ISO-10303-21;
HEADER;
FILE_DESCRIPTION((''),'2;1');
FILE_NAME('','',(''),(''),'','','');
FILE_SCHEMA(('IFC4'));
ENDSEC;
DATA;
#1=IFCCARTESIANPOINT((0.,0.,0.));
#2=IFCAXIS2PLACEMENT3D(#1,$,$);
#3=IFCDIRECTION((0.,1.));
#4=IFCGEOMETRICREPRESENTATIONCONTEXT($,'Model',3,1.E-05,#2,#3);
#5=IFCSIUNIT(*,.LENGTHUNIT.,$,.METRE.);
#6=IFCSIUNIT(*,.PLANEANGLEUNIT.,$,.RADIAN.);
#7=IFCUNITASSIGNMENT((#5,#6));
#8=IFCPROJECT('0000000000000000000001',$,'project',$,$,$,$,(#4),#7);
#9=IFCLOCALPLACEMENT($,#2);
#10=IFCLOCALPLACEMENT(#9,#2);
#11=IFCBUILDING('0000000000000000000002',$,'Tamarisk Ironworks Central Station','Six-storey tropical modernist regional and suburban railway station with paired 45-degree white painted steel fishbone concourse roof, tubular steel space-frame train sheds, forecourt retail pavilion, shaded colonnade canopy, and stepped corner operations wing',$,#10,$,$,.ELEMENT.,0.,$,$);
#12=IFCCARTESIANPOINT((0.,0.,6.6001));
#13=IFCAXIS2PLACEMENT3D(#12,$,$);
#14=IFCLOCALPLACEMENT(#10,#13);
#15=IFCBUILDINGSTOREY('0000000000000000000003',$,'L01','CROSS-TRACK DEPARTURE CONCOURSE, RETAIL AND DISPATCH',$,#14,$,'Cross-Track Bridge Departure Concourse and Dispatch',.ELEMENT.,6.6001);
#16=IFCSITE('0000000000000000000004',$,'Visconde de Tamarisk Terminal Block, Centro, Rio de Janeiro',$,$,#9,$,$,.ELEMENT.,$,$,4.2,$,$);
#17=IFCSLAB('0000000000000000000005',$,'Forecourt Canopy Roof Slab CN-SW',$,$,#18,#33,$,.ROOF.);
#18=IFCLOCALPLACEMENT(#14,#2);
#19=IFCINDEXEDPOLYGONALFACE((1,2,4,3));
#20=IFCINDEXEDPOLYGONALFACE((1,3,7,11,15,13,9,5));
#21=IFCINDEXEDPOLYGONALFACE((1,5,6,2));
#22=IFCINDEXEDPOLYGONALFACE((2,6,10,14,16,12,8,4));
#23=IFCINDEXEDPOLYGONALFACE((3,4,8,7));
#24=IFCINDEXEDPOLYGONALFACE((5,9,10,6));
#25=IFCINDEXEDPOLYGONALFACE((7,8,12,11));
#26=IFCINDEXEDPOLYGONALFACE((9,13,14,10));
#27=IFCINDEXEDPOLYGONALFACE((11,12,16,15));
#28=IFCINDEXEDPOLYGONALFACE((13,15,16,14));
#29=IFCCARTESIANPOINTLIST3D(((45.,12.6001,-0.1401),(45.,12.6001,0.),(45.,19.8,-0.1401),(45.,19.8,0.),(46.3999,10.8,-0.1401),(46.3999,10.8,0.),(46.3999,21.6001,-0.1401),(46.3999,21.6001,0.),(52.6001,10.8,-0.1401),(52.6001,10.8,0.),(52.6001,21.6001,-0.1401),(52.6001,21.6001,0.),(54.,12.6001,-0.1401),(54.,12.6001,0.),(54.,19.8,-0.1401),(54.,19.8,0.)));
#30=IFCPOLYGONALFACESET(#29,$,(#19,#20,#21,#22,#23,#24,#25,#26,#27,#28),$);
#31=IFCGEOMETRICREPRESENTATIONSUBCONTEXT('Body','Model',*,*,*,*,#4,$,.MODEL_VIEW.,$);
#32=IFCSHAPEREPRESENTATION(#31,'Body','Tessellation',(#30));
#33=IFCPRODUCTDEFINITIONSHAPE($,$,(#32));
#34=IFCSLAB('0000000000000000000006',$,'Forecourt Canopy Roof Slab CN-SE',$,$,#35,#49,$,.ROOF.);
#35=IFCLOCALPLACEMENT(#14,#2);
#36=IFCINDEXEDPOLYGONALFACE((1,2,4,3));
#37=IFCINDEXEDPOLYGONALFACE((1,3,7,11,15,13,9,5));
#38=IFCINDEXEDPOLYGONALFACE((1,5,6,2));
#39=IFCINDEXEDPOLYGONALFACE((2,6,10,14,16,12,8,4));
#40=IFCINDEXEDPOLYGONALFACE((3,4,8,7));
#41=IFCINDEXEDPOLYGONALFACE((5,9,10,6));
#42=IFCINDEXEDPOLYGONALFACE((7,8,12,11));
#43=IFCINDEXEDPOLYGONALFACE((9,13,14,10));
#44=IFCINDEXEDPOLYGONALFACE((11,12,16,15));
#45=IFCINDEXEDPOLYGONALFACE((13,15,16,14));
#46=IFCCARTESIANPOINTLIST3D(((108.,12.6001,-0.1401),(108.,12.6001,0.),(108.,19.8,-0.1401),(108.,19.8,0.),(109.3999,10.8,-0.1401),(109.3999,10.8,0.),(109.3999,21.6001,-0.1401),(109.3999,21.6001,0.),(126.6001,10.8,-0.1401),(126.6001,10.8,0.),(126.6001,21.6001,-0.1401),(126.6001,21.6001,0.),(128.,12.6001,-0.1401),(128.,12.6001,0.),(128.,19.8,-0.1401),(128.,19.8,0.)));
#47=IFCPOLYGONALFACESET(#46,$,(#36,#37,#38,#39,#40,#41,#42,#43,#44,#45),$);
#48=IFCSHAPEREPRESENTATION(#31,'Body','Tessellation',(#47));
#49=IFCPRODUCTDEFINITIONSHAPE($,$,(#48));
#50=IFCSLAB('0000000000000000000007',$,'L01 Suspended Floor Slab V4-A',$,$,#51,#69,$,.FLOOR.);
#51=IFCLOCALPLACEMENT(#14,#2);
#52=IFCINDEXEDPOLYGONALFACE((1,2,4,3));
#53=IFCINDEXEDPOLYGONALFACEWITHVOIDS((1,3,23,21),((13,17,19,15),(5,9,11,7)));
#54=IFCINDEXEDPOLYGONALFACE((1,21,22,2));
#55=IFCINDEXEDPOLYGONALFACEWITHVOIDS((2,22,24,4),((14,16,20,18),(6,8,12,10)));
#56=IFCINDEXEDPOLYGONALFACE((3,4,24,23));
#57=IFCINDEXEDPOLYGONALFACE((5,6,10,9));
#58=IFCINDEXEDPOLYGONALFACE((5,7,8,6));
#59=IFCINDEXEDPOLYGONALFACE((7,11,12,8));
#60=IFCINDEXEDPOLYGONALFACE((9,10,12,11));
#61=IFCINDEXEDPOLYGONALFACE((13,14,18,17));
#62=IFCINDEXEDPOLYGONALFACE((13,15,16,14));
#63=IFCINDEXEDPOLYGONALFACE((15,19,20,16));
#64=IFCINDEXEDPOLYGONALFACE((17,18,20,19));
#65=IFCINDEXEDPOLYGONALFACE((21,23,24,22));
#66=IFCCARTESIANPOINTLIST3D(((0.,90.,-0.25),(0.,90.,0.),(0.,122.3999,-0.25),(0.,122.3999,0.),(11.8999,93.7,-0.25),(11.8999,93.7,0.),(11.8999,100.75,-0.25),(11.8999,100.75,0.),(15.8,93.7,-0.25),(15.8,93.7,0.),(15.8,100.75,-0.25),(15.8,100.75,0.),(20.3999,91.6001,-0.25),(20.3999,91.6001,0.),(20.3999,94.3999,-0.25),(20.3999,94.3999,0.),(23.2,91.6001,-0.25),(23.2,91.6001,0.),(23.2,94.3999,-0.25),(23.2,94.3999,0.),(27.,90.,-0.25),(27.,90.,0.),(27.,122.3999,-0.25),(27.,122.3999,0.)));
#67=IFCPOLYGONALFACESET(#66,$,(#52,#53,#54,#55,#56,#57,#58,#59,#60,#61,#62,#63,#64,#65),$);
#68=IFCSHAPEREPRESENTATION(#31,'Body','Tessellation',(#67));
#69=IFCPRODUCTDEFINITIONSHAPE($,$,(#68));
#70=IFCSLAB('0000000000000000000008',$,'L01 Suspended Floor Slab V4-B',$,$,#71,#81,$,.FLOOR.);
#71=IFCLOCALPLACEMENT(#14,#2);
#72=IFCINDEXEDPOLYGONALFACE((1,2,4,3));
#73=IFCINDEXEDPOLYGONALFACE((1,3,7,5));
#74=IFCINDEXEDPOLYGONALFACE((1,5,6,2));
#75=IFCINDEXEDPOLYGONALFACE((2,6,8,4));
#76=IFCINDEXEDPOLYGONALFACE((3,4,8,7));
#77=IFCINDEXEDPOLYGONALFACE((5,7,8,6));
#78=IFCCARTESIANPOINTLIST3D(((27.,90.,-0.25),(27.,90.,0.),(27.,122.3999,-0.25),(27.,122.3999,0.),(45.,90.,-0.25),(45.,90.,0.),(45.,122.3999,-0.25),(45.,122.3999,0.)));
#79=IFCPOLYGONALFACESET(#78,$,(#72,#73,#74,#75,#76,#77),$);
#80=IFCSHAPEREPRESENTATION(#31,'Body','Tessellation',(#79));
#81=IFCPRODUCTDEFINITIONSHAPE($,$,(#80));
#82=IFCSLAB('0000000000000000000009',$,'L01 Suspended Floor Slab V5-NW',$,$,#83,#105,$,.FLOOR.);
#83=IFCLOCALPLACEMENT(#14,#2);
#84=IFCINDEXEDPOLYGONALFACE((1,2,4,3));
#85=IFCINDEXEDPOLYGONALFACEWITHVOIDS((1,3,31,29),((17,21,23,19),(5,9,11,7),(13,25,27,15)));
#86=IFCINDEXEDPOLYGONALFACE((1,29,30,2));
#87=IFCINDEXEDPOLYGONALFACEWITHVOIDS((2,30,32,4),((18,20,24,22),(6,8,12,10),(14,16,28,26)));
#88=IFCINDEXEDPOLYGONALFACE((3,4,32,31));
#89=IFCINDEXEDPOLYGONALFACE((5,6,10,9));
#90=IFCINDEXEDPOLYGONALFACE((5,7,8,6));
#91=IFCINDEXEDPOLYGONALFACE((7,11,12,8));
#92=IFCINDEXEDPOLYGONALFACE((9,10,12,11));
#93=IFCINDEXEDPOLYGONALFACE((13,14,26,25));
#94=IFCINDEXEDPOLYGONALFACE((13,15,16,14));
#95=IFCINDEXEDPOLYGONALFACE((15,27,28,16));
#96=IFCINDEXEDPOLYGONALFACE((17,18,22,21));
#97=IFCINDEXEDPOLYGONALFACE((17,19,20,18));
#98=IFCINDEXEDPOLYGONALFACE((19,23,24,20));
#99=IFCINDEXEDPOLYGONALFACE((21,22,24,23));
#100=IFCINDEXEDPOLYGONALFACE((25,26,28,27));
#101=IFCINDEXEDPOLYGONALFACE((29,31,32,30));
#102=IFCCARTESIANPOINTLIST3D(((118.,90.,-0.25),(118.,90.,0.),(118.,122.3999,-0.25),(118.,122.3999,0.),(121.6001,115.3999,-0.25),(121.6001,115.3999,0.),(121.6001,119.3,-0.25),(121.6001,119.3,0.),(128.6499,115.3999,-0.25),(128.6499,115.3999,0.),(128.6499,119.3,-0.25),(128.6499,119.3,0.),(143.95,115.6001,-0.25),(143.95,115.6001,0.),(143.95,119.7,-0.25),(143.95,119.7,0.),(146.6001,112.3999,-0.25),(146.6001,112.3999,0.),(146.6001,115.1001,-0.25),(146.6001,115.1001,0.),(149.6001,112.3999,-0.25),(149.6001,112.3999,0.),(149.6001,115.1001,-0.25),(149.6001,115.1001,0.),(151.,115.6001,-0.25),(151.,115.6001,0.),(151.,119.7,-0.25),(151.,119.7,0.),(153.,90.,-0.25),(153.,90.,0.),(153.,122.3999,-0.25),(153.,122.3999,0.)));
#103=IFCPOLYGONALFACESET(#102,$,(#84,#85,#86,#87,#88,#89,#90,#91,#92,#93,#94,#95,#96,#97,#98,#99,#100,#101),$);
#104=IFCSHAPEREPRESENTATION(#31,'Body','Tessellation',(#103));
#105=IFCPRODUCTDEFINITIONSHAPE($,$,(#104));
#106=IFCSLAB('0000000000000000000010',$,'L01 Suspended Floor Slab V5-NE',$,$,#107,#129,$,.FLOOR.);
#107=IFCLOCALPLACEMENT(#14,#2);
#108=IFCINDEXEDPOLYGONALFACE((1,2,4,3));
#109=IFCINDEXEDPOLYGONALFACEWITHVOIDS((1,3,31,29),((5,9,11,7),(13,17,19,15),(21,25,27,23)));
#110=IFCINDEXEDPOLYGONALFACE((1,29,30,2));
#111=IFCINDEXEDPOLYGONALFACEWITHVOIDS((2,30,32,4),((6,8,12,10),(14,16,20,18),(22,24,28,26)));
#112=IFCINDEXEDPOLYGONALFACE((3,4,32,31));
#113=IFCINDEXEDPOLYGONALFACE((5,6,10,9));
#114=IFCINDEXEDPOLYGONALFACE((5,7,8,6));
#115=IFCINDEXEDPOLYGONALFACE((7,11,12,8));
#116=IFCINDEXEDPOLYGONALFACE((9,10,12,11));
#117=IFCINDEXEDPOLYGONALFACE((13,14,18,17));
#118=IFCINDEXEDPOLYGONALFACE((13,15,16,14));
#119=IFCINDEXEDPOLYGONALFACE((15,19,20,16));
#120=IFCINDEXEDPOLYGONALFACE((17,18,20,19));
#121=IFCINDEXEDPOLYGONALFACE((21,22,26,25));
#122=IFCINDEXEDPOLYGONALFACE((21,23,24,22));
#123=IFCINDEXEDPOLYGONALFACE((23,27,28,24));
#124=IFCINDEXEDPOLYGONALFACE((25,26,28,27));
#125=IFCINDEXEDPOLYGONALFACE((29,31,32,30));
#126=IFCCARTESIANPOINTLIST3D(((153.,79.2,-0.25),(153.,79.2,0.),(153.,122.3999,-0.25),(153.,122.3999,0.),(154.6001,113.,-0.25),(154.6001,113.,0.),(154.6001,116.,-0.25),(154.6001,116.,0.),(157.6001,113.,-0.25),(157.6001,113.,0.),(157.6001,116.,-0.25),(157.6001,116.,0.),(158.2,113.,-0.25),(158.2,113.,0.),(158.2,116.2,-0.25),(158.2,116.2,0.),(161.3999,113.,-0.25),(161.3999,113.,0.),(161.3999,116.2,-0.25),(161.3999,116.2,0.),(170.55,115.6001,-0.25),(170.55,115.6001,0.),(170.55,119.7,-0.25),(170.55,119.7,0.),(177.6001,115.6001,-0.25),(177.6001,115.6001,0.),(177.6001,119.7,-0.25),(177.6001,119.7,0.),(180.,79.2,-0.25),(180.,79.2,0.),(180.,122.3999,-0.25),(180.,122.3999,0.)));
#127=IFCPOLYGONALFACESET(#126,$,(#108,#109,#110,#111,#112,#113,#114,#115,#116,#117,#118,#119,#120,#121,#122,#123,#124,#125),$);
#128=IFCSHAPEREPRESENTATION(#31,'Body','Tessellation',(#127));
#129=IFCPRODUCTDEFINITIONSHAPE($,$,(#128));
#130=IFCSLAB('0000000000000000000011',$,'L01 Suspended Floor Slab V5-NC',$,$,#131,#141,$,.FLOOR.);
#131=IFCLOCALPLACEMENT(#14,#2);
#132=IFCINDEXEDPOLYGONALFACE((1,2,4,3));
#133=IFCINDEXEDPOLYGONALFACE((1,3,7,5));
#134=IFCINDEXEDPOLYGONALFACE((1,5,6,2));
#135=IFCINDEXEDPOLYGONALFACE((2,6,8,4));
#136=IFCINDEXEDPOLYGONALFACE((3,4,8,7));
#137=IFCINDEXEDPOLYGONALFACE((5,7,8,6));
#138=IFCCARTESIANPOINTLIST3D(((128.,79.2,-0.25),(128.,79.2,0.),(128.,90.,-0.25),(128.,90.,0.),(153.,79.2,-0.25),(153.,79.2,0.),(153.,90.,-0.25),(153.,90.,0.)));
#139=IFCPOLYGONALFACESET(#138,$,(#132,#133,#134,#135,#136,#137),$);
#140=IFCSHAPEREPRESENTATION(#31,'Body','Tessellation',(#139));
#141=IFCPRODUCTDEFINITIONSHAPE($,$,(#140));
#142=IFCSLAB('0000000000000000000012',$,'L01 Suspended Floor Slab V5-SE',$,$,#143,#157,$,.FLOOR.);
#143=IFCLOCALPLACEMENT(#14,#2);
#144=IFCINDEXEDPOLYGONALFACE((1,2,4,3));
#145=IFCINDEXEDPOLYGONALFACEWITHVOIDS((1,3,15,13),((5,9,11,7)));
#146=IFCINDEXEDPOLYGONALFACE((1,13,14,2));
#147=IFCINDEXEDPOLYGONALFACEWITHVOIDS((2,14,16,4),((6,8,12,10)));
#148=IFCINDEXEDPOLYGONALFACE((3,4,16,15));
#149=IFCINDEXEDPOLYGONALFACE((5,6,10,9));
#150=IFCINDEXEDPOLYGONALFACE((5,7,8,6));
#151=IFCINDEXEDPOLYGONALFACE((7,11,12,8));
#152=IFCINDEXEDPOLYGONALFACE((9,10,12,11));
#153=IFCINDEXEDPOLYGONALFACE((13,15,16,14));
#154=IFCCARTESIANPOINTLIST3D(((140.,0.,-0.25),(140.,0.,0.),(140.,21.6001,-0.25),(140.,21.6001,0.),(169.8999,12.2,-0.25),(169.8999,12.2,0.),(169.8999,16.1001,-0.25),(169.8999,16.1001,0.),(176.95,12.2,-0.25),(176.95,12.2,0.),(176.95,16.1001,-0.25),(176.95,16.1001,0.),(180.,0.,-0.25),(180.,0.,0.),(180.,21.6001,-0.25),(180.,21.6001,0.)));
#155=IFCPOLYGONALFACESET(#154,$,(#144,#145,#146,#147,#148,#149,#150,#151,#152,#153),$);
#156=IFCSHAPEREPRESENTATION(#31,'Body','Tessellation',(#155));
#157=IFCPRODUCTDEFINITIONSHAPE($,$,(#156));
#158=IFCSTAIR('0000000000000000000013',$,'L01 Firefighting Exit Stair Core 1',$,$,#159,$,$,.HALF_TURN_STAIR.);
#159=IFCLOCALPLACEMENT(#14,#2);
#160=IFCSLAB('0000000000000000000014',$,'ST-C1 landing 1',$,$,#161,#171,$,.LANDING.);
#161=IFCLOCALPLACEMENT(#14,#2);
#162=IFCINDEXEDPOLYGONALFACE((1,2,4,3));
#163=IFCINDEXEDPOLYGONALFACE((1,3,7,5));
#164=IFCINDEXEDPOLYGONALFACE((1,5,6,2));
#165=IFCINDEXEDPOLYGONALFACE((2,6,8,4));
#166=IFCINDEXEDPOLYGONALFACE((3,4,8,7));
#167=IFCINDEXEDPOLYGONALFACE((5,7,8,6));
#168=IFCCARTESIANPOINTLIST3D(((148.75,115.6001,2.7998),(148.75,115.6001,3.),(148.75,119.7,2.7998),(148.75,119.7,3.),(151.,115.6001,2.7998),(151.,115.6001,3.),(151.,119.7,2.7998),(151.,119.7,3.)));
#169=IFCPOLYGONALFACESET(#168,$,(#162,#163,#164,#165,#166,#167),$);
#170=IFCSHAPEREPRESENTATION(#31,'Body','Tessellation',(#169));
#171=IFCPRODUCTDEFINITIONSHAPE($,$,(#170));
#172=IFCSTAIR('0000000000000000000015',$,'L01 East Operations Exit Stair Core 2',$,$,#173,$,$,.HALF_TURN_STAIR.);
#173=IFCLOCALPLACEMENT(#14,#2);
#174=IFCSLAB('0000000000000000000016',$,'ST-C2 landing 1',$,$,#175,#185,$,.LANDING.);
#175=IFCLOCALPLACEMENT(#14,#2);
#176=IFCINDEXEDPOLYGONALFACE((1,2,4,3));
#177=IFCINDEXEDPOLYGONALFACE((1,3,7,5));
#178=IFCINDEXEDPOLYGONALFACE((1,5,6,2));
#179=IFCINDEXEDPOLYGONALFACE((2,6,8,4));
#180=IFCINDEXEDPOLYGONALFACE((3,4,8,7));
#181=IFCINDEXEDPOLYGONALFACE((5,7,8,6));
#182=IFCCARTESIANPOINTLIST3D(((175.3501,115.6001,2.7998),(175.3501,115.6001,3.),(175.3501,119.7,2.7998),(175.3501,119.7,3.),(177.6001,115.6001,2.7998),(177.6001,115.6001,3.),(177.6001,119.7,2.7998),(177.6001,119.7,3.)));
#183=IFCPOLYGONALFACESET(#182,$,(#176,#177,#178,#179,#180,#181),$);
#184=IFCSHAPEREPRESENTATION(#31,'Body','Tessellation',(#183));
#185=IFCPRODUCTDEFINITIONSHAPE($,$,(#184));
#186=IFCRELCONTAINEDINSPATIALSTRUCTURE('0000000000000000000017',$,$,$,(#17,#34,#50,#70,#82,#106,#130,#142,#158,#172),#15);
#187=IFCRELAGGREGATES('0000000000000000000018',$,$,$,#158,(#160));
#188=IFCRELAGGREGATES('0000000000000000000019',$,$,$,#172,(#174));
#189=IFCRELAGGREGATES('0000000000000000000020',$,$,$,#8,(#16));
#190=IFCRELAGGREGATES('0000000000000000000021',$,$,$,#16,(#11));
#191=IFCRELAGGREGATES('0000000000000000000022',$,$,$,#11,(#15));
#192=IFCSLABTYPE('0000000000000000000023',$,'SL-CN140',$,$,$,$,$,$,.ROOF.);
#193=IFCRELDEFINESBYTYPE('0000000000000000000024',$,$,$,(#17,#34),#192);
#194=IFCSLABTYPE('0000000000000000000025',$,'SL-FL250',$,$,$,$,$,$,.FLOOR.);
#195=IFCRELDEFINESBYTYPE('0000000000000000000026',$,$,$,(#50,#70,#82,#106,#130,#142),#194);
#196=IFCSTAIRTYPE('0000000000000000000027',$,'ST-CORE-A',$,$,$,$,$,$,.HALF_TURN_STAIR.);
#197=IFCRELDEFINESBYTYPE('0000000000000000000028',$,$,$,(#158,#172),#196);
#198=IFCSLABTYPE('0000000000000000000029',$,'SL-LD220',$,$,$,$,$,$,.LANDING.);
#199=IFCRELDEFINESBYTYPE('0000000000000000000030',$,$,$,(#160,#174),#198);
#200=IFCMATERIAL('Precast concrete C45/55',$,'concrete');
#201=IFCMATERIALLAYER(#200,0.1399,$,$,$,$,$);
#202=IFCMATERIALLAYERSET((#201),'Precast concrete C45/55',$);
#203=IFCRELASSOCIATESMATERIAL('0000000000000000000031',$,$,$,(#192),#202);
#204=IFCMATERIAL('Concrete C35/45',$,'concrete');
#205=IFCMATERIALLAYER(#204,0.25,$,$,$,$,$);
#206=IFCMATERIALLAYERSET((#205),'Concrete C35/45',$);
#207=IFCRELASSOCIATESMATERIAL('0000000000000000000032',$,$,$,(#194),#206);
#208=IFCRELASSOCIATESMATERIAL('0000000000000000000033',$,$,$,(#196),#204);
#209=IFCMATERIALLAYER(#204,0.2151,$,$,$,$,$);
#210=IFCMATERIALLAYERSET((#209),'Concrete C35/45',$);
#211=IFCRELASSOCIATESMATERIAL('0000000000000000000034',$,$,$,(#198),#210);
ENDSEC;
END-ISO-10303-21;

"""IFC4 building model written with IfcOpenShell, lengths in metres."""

from ifc_helpers import new_model, si_unit, direction, frame, origin, place, context, subcontext, project, spatial, polyline, outline, extrude, material, layer, layer_set, type_object, element, aggregate, save


model = new_model("IFC4")

# Units and contexts
model_context = context("Model", 3, precision=1e-05, world=origin(), true_north=direction((0.0, 1.0)))
body_context = subcontext(model_context, "Body", "Model", "MODEL_VIEW")
ifc_project = project(units=[si_unit("LENGTHUNIT", "METRE"), si_unit("PLANEANGLEUNIT", "RADIAN")], contexts=[model_context])

# Site, building, storey
site_placement = place(None, origin())
site = spatial("IfcSite", under=ifc_project, at=site_placement, Name="Visconde de Tamarisk Terminal Block, Centro, Rio de Janeiro", CompositionType="ELEMENT", RefElevation=4.2)
building_placement = place(site_placement, origin())
building = spatial("IfcBuilding", under=site, at=building_placement, Name="Tamarisk Ironworks Central Station", Description="Six-storey tropical modernist regional and suburban railway station with paired 45-degree white painted steel fishbone concourse roof, tubular steel space-frame train sheds, forecourt retail pavilion, shaded colonnade canopy, and stepped corner operations wing", CompositionType="ELEMENT", ElevationOfRefHeight=0.0)
storey_placement = place(building_placement, frame((0.0, 0.0, 6.6001)))
storey = spatial("IfcBuildingStorey", under=building, at=storey_placement, Name="L01", Description="CROSS-TRACK DEPARTURE CONCOURSE, RETAIL AND DISPATCH", LongName="Cross-Track Bridge Departure Concourse and Dispatch", CompositionType="ELEMENT", Elevation=6.6001)

# Slabs
ifc_material_1 = material(Name="Concrete C35/45", Category="concrete")
ifc_material_2 = material(Name="Precast concrete C45/55", Category="concrete")
ifc_layer_1 = layer(ifc_material_2, 0.1399)
ifc_layer_set_1 = layer_set([ifc_layer_1], Name="Precast concrete C45/55")
slab_type_1 = type_object("IfcSlabType", Name="SL-CN140", PredefinedType="ROOF", material=ifc_layer_set_1)
slab_1_placement = place(storey_placement, frame((0.0, 0.0, -0.1401)))
element("IfcSlab", 1, at=slab_1_placement, inside=storey, type_object=slab_type_1, Name="Forecourt Canopy Roof Slab CN-SW", PredefinedType="ROOF", context=body_context, shape_type="SweptSolid", body=[
    extrude(outline(polyline([(46.3999, 10.8), (52.6001, 10.8), (54.0, 12.6001), (54.0, 19.8), (52.6001, 21.6001), (46.3999, 21.6001), (45.0, 19.8), (45.0, 12.6001), (46.3999, 10.8)])), origin(), (0.0, 0.0, 1.0), 0.1401),
])
slab_2_placement = place(storey_placement, frame((0.0, 0.0, -0.1401)))
element("IfcSlab", 2, at=slab_2_placement, inside=storey, type_object=slab_type_1, Name="Forecourt Canopy Roof Slab CN-SE", PredefinedType="ROOF", context=body_context, shape_type="SweptSolid", body=[
    extrude(outline(polyline([(109.3999, 10.8), (126.6001, 10.8), (128.0, 12.6001), (128.0, 19.8), (126.6001, 21.6001), (109.3999, 21.6001), (108.0, 19.8), (108.0, 12.6001), (109.3999, 10.8)])), origin(), (0.0, 0.0, 1.0), 0.1401),
])
ifc_layer_2 = layer(ifc_material_1, 0.25)
ifc_layer_set_2 = layer_set([ifc_layer_2], Name="Concrete C35/45")
slab_type_2 = type_object("IfcSlabType", Name="SL-FL250", PredefinedType="FLOOR", material=ifc_layer_set_2)
slab_3_placement = place(storey_placement, frame((0.0, 0.0, -0.25)))
element("IfcSlab", 3, at=slab_3_placement, inside=storey, type_object=slab_type_2, Name="L01 Suspended Floor Slab V4-A", PredefinedType="FLOOR", context=body_context, shape_type="SweptSolid", body=[
    extrude(outline(polyline([(0.0, 90.0), (27.0, 90.0), (27.0, 122.3999), (0.0, 122.3999), (0.0, 90.0)]), holes=[polyline([(15.8, 93.7), (15.8, 100.75), (11.8999, 100.75), (11.8999, 93.7), (15.8, 93.7)]), polyline([(20.3999, 91.6001), (23.2, 91.6001), (23.2, 94.3999), (20.3999, 94.3999), (20.3999, 91.6001)])]), origin(), (0.0, 0.0, 1.0), 0.25),
])
slab_4_placement = place(storey_placement, frame((0.0, 0.0, -0.25)))
element("IfcSlab", 4, at=slab_4_placement, inside=storey, type_object=slab_type_2, Name="L01 Suspended Floor Slab V4-B", PredefinedType="FLOOR", context=body_context, shape_type="SweptSolid", body=[
    extrude(outline(polyline([(27.0, 90.0), (45.0, 90.0), (45.0, 122.3999), (27.0, 122.3999), (27.0, 90.0)])), origin(), (0.0, 0.0, 1.0), 0.25),
])
slab_5_placement = place(storey_placement, frame((0.0, 0.0, -0.25)))
element("IfcSlab", 5, at=slab_5_placement, inside=storey, type_object=slab_type_2, Name="L01 Suspended Floor Slab V5-NW", PredefinedType="FLOOR", context=body_context, shape_type="SweptSolid", body=[
    extrude(outline(polyline([(118.0, 90.0), (153.0, 90.0), (153.0, 122.3999), (118.0, 122.3999), (118.0, 90.0)]), holes=[polyline([(143.95, 115.6001), (151.0, 115.6001), (151.0, 119.7), (143.95, 119.7), (143.95, 115.6001)]), polyline([(121.6001, 115.3999), (128.6499, 115.3999), (128.6499, 119.3), (121.6001, 119.3), (121.6001, 115.3999)]), polyline([(146.6001, 112.3999), (149.6001, 112.3999), (149.6001, 115.1001), (146.6001, 115.1001), (146.6001, 112.3999)])]), origin(), (0.0, 0.0, 1.0), 0.25),
])
slab_6_placement = place(storey_placement, frame((0.0, 0.0, -0.25)))
element("IfcSlab", 6, at=slab_6_placement, inside=storey, type_object=slab_type_2, Name="L01 Suspended Floor Slab V5-NE", PredefinedType="FLOOR", context=body_context, shape_type="SweptSolid", body=[
    extrude(outline(polyline([(153.0, 79.2), (180.0, 79.2), (180.0, 122.3999), (153.0, 122.3999), (153.0, 79.2)]), holes=[polyline([(170.55, 115.6001), (177.6001, 115.6001), (177.6001, 119.7), (170.55, 119.7), (170.55, 115.6001)]), polyline([(154.6001, 113.0), (157.6001, 113.0), (157.6001, 116.0), (154.6001, 116.0), (154.6001, 113.0)]), polyline([(158.2, 113.0), (161.3999, 113.0), (161.3999, 116.2), (158.2, 116.2), (158.2, 113.0)])]), origin(), (0.0, 0.0, 1.0), 0.25),
])
slab_7_placement = place(storey_placement, frame((0.0, 0.0, -0.25)))
element("IfcSlab", 7, at=slab_7_placement, inside=storey, type_object=slab_type_2, Name="L01 Suspended Floor Slab V5-NC", PredefinedType="FLOOR", context=body_context, shape_type="SweptSolid", body=[
    extrude(outline(polyline([(128.0, 79.2), (153.0, 79.2), (153.0, 90.0), (128.0, 90.0), (128.0, 79.2)])), origin(), (0.0, 0.0, 1.0), 0.25),
])
slab_8_placement = place(storey_placement, frame((0.0, 0.0, -0.25)))
element("IfcSlab", 8, at=slab_8_placement, inside=storey, type_object=slab_type_2, Name="L01 Suspended Floor Slab V5-SE", PredefinedType="FLOOR", context=body_context, shape_type="SweptSolid", body=[
    extrude(outline(polyline([(140.0, 0.0), (180.0, 0.0), (180.0, 21.6001), (140.0, 21.6001), (140.0, 0.0)]), holes=[polyline([(169.8999, 12.2), (176.95, 12.2), (176.95, 16.1001), (169.8999, 16.1001), (169.8999, 12.2)])]), origin(), (0.0, 0.0, 1.0), 0.25),
])

# Stairs, slabs
stair_type_1 = type_object("IfcStairType", Name="ST-CORE-A", PredefinedType="HALF_TURN_STAIR", material=ifc_material_1)
stair_1_placement = place(storey_placement, origin())
stair_1 = element("IfcStair", 9, at=stair_1_placement, inside=storey, type_object=stair_type_1, Name="L01 Firefighting Exit Stair Core 1", PredefinedType="HALF_TURN_STAIR")
ifc_layer_3 = layer(ifc_material_1, 0.2151)
ifc_layer_set_3 = layer_set([ifc_layer_3], Name="Concrete C35/45")
slab_type_3 = type_object("IfcSlabType", Name="SL-LD220", PredefinedType="LANDING", material=ifc_layer_set_3)
slab_9_placement = place(storey_placement, frame((0.0, 0.0, 2.7998)))
slab_9 = element("IfcSlab", 10, at=slab_9_placement, type_object=slab_type_3, Name="ST-C1 landing 1", PredefinedType="LANDING", context=body_context, shape_type="SweptSolid", body=[
    extrude(outline(polyline([(148.75, 115.6001), (151.0, 115.6001), (151.0, 119.7), (148.75, 119.7), (148.75, 115.6001)])), origin(), (0.0, 0.0, 1.0), 0.2002),
])
aggregate(stair_1, [slab_9])
stair_2_placement = place(storey_placement, origin())
stair_2 = element("IfcStair", 11, at=stair_2_placement, inside=storey, type_object=stair_type_1, Name="L01 East Operations Exit Stair Core 2", PredefinedType="HALF_TURN_STAIR")
slab_10_placement = place(storey_placement, frame((0.0, 0.0, 2.7998)))
slab_10 = element("IfcSlab", 12, at=slab_10_placement, type_object=slab_type_3, Name="ST-C2 landing 1", PredefinedType="LANDING", context=body_context, shape_type="SweptSolid", body=[
    extrude(outline(polyline([(175.3501, 115.6001), (177.6001, 115.6001), (177.6001, 119.7), (175.3501, 119.7), (175.3501, 115.6001)])), origin(), (0.0, 0.0, 1.0), 0.2002),
])
aggregate(stair_2, [slab_10])

save(model, "model.ifc")
